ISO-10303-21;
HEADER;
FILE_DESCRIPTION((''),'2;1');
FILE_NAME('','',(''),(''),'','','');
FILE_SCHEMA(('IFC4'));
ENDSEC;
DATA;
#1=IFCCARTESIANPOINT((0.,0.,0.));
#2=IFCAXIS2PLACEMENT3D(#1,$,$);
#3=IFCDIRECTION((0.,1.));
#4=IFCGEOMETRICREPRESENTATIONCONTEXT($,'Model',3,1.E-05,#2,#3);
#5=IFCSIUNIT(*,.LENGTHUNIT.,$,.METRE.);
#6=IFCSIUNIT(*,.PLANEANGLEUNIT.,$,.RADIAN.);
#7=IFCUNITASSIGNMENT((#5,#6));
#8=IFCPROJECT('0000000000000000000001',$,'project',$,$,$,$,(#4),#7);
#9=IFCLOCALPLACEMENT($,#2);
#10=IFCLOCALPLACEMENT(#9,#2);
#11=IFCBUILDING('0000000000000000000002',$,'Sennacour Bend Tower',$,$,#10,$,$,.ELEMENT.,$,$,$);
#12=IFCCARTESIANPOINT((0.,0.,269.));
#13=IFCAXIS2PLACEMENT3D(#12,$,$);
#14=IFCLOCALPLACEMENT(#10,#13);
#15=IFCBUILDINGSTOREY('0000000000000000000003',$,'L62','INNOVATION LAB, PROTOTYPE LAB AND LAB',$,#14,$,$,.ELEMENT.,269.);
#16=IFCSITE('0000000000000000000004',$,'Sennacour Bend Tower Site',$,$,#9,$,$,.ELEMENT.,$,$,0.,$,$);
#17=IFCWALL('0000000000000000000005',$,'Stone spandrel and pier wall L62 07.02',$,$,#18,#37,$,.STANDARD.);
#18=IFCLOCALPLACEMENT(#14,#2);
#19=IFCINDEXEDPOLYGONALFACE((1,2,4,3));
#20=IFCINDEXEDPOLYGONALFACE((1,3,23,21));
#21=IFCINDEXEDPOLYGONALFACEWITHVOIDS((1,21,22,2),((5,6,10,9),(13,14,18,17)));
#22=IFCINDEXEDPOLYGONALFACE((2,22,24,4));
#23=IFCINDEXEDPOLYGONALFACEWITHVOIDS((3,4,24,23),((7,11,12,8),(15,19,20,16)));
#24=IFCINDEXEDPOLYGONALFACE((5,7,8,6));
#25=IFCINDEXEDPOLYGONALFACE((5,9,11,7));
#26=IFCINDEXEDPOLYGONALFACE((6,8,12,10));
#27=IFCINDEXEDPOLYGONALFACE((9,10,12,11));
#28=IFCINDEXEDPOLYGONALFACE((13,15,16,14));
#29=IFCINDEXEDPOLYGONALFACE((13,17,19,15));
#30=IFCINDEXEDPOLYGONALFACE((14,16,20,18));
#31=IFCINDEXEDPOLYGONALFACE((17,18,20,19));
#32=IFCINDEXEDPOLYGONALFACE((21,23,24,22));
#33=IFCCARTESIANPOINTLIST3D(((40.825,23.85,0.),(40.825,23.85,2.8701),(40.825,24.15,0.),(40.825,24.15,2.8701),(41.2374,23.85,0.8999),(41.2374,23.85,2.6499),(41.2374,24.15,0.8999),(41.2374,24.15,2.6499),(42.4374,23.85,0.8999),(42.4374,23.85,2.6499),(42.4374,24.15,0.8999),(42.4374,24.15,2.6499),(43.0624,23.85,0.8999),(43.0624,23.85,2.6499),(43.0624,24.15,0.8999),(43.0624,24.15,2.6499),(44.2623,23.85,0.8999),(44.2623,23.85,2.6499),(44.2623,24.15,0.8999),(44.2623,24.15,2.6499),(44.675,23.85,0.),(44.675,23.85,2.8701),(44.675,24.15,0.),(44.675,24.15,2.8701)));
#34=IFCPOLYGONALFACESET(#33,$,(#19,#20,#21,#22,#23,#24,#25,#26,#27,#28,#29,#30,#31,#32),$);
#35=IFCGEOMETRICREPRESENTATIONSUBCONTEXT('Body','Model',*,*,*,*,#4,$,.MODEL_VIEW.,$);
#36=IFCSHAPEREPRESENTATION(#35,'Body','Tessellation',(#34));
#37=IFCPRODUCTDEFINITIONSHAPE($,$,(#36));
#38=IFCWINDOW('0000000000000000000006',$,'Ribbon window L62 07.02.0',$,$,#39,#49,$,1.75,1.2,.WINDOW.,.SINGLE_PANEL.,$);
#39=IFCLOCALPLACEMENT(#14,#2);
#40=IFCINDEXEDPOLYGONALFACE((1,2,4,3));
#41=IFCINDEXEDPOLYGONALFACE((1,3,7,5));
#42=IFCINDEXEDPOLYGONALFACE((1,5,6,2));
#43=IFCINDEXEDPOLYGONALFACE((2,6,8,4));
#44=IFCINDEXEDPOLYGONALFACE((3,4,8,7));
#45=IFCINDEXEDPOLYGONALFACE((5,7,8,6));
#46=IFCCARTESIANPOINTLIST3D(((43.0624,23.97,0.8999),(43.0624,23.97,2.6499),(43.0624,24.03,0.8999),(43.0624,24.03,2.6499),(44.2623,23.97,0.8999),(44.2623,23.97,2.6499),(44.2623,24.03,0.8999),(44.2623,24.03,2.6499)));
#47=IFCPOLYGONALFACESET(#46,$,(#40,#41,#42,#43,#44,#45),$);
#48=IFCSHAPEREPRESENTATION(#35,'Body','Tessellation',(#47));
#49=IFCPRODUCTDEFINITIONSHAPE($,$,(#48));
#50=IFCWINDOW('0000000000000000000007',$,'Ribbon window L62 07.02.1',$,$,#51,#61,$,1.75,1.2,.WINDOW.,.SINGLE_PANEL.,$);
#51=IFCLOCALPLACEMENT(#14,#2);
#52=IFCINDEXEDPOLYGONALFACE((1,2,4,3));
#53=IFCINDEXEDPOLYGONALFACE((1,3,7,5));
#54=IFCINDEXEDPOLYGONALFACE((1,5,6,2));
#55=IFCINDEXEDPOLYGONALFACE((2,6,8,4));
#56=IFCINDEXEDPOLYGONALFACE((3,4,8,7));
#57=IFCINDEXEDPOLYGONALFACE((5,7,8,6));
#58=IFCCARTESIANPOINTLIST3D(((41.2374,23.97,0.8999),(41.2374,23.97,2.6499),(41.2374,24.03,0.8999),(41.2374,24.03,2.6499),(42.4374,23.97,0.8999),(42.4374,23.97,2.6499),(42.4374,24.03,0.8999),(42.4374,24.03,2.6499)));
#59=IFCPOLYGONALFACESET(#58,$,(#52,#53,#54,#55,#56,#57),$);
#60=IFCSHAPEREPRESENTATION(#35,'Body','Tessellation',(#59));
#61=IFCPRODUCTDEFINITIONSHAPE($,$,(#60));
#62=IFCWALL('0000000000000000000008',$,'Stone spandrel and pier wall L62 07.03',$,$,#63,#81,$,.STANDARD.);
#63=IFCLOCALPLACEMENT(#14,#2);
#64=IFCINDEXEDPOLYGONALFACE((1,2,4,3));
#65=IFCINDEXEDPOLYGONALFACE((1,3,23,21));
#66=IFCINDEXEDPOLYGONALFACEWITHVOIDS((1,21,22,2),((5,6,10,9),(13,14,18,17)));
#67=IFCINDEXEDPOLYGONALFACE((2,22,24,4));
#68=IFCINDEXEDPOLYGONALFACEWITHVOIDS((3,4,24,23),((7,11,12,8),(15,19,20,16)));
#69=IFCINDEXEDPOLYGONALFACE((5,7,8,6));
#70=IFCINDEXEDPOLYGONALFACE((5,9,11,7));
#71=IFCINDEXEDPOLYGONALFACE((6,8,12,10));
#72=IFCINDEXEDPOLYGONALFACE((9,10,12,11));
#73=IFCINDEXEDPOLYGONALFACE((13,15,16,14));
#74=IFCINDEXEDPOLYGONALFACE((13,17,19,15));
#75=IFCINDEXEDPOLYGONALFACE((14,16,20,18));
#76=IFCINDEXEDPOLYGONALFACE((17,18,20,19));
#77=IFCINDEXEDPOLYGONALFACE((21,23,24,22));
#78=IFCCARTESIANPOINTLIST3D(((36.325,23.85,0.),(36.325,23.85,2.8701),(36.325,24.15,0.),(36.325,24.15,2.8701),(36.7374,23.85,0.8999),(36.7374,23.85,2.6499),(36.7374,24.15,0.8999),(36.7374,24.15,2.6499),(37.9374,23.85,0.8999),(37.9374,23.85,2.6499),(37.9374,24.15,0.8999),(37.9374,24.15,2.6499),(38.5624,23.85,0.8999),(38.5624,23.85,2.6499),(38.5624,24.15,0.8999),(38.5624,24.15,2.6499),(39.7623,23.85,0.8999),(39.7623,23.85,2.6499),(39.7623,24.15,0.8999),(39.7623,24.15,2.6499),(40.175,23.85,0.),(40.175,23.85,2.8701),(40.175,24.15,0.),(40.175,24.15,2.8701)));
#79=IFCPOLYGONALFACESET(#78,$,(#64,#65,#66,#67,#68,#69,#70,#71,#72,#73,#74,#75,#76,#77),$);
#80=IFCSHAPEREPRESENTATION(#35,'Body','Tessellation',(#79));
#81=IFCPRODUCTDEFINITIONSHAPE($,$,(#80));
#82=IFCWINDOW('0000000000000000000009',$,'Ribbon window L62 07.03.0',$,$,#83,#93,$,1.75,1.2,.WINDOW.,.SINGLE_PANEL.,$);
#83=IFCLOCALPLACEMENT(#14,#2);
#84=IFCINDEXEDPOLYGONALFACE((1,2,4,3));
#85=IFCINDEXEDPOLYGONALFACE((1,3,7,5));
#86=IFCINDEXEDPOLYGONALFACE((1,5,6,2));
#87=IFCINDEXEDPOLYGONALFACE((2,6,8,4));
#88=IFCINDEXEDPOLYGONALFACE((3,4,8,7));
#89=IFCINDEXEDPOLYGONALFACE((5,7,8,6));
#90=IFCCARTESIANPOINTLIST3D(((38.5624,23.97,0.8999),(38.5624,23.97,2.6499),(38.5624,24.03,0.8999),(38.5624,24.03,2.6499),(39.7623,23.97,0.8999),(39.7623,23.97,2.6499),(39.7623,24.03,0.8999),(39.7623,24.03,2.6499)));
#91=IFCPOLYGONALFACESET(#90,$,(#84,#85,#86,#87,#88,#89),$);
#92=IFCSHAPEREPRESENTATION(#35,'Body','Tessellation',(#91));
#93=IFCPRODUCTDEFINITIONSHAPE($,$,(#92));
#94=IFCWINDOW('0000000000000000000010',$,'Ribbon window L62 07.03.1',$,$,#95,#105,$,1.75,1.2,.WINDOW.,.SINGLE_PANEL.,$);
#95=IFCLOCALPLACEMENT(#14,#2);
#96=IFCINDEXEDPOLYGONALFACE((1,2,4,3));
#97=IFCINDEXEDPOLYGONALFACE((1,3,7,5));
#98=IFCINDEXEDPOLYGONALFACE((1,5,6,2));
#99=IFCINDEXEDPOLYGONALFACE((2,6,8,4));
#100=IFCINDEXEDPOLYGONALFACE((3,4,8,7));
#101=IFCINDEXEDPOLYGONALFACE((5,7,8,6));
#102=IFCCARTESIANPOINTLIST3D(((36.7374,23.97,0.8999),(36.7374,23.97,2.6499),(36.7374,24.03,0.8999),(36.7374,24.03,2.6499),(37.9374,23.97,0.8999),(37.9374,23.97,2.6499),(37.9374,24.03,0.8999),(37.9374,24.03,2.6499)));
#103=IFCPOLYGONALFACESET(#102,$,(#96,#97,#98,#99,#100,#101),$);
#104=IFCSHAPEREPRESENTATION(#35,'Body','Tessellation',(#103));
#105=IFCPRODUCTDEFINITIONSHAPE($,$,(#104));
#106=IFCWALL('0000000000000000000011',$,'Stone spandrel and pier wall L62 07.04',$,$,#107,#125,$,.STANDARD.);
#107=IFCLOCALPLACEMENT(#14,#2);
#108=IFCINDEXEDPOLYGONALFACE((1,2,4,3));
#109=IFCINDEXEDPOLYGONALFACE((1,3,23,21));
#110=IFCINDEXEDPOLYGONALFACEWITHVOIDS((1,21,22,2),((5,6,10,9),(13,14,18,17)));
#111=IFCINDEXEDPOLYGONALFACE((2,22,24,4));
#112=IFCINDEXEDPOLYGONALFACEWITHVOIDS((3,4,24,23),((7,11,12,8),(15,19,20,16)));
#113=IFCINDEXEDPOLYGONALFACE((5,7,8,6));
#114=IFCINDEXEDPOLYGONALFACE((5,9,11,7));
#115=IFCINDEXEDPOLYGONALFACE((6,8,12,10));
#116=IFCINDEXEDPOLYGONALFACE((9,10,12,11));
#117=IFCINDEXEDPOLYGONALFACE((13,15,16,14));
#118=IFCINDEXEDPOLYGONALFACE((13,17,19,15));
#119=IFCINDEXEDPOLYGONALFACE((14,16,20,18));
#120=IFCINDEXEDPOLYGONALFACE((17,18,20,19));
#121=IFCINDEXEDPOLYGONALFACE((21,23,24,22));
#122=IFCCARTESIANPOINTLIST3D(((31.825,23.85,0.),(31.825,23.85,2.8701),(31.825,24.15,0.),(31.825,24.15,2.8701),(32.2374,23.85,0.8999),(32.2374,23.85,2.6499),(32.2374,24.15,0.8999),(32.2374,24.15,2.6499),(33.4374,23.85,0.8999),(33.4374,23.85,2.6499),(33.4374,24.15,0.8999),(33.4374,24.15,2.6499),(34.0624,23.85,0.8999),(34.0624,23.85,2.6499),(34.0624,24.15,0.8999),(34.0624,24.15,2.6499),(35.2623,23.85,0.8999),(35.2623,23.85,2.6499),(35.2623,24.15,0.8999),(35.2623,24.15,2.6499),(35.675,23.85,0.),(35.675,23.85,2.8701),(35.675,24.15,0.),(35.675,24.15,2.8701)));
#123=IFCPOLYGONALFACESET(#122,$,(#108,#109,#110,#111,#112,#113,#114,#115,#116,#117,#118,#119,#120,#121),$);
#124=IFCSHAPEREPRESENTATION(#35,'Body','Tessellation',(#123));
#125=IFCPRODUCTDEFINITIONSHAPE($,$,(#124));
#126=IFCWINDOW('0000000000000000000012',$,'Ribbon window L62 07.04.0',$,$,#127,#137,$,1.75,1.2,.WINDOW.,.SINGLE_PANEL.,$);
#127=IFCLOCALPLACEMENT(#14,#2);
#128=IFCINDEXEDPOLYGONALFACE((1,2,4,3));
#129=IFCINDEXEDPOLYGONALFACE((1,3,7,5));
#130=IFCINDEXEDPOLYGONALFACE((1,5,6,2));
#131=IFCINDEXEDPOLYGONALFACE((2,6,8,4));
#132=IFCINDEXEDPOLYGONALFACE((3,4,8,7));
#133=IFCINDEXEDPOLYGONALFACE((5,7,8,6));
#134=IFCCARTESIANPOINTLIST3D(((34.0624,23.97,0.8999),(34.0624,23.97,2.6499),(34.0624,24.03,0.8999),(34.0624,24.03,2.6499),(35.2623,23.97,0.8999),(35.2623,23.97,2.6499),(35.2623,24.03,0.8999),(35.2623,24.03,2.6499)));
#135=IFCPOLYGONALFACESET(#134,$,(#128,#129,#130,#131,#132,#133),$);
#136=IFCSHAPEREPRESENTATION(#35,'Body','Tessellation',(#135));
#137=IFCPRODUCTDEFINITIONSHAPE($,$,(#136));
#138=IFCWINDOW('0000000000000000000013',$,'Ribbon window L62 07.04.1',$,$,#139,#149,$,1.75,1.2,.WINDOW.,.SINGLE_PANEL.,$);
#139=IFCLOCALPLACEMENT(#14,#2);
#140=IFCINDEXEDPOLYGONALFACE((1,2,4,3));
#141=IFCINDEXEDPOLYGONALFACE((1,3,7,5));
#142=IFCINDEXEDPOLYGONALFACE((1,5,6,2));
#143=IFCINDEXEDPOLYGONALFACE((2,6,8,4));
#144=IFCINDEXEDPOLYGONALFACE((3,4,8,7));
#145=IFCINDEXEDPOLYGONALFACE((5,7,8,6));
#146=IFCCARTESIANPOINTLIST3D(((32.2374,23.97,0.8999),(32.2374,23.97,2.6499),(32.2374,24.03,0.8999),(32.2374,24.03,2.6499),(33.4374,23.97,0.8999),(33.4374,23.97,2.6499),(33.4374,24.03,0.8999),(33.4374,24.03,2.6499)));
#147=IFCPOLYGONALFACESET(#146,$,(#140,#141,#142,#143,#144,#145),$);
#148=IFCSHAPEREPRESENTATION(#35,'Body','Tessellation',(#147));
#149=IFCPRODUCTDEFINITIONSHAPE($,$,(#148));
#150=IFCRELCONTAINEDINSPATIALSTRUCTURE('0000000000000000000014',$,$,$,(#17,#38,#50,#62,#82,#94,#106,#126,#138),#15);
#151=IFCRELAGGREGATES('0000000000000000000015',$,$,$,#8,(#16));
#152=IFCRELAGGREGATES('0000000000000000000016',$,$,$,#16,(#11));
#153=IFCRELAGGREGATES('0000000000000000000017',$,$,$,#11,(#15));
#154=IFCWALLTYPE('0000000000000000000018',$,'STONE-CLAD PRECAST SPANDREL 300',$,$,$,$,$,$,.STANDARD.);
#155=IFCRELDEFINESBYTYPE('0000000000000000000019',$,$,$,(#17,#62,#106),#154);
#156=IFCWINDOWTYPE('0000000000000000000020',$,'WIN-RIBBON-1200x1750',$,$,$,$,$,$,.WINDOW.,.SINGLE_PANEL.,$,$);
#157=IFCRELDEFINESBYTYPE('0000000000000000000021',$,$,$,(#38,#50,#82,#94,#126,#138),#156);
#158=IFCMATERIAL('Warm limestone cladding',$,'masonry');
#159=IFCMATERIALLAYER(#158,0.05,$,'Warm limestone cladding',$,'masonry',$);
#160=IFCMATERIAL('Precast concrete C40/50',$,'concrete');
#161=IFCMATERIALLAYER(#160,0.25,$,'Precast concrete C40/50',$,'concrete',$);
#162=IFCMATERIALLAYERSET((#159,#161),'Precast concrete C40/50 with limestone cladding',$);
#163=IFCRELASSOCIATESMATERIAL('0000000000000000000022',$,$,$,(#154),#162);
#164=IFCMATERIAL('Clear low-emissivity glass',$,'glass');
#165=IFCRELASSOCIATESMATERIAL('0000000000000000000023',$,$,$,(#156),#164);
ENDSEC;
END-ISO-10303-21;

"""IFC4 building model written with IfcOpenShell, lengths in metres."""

from ifc_helpers import new_model, si_unit, direction, frame, frame_2d, origin, place, context, subcontext, project, spatial, rectangle, extrude, material, layer, layer_set, type_object, element, fill, save


model = new_model("IFC4")

# Units and contexts
model_context = context("Model", 3, precision=1e-05, world=origin(), true_north=direction((0.0, 1.0)))
body_context = subcontext(model_context, "Body", "Model", "MODEL_VIEW")
ifc_project = project(units=[si_unit("LENGTHUNIT", "METRE"), si_unit("PLANEANGLEUNIT", "RADIAN")], contexts=[model_context])

# Site, building, storey
site_placement = place(None, origin())
site = spatial("IfcSite", under=ifc_project, at=site_placement, Name="Sennacour Bend Tower Site", CompositionType="ELEMENT", RefElevation=0.0)
building_placement = place(site_placement, origin())
building = spatial("IfcBuilding", under=site, at=building_placement, Name="Sennacour Bend Tower", CompositionType="ELEMENT")
storey_placement = place(building_placement, frame((0.0, 0.0, 269.0)))
storey = spatial("IfcBuildingStorey", under=building, at=storey_placement, Name="L62", Description="INNOVATION LAB, PROTOTYPE LAB AND LAB", CompositionType="ELEMENT", Elevation=269.0)

# Walls, openings, windows
ifc_material_1 = material(Name="Warm limestone cladding", Category="masonry")
ifc_layer_1 = layer(ifc_material_1, 0.05, Name="Warm limestone cladding", Category="masonry")
ifc_material_2 = material(Name="Precast concrete C40/50", Category="concrete")
ifc_layer_2 = layer(ifc_material_2, 0.25, Name="Precast concrete C40/50", Category="concrete")
ifc_layer_set_1 = layer_set([ifc_layer_1, ifc_layer_2], Name="Precast concrete C40/50 with limestone cladding")
wall_type_1 = type_object("IfcWallType", Name="STONE-CLAD PRECAST SPANDREL 300", PredefinedType="STANDARD", material=ifc_layer_set_1)
wall_1_placement = place(storey_placement, frame((44.675, 24.0, 0.0), z_axis=(0.0, 0.0, 1.0), x_axis=(-1.0, 0.0, 0.0)))
wall_1 = element("IfcWall", 1, at=wall_1_placement, inside=storey, type_object=wall_type_1, Name="Stone spandrel and pier wall L62 07.02", PredefinedType="STANDARD", context=body_context, shape_type="SweptSolid", body=[
    extrude(rectangle(XDim=3.8501, YDim=0.3, at=frame_2d((1.925, 0.0))), origin(), (0.0, 0.0, 1.0), 2.8701),
])
opening_1_placement = place(wall_1_placement, frame((0.4126, 0.0, 0.8999)))
opening_1 = element("IfcOpeningElement", 2, at=opening_1_placement, cuts=wall_1, PredefinedType="OPENING", context=body_context, shape_type="SweptSolid", body=[
    extrude(rectangle(XDim=1.2, YDim=1.75, at=frame_2d((0.6001, 0.875))), frame((0.0, 0.1602, 0.0), z_axis=(0.0, -1.0, 0.0), x_axis=(1.0, 0.0, 0.0)), (0.0, 0.0, 1.0), 0.3201),
])
opening_2_placement = place(wall_1_placement, frame((2.2375, 0.0, 0.8999)))
opening_2 = element("IfcOpeningElement", 3, at=opening_2_placement, cuts=wall_1, PredefinedType="OPENING", context=body_context, shape_type="SweptSolid", body=[
    extrude(rectangle(XDim=1.2, YDim=1.75, at=frame_2d((0.6001, 0.875))), frame((0.0, 0.1602, 0.0), z_axis=(0.0, -1.0, 0.0), x_axis=(1.0, 0.0, 0.0)), (0.0, 0.0, 1.0), 0.3201),
])
ifc_material_3 = material(Name="Clear low-emissivity glass", Category="glass")
window_type = type_object("IfcWindowType", Name="WIN-RIBBON-1200x1750", PartitioningType="SINGLE_PANEL", PredefinedType="WINDOW", material=ifc_material_3)
window_1_placement = place(opening_1_placement, origin())
window_1 = element("IfcWindow", 4, at=window_1_placement, inside=storey, type_object=window_type, Name="Ribbon window L62 07.02.0", OverallHeight=1.75, OverallWidth=1.2, PartitioningType="SINGLE_PANEL", PredefinedType="WINDOW", context=body_context, shape_type="SweptSolid", body=[
    extrude(rectangle(XDim=1.2, YDim=1.75, at=frame_2d((0.6001, 0.875))), frame((0.0, 0.03, 0.0), z_axis=(0.0, -1.0, 0.0), x_axis=(1.0, 0.0, 0.0)), (0.0, 0.0, 1.0), 0.0601),
])
fill(opening_1, window_1)
window_2_placement = place(opening_2_placement, origin())
window_2 = element("IfcWindow", 5, at=window_2_placement, inside=storey, type_object=window_type, Name="Ribbon window L62 07.02.1", OverallHeight=1.75, OverallWidth=1.2, PartitioningType="SINGLE_PANEL", PredefinedType="WINDOW", context=body_context, shape_type="SweptSolid", body=[
    extrude(rectangle(XDim=1.2, YDim=1.75, at=frame_2d((0.6001, 0.875))), frame((0.0, 0.03, 0.0), z_axis=(0.0, -1.0, 0.0), x_axis=(1.0, 0.0, 0.0)), (0.0, 0.0, 1.0), 0.0601),
])
fill(opening_2, window_2)
wall_2_placement = place(storey_placement, frame((40.175, 24.0, 0.0), z_axis=(0.0, 0.0, 1.0), x_axis=(-1.0, 0.0, 0.0)))
wall_2 = element("IfcWall", 6, at=wall_2_placement, inside=storey, type_object=wall_type_1, Name="Stone spandrel and pier wall L62 07.03", PredefinedType="STANDARD", context=body_context, shape_type="SweptSolid", body=[
    extrude(rectangle(XDim=3.8501, YDim=0.3, at=frame_2d((1.925, 0.0))), origin(), (0.0, 0.0, 1.0), 2.8701),
])
opening_3_placement = place(wall_2_placement, frame((0.4126, 0.0, 0.8999)))
opening_3 = element("IfcOpeningElement", 7, at=opening_3_placement, cuts=wall_2, PredefinedType="OPENING", context=body_context, shape_type="SweptSolid", body=[
    extrude(rectangle(XDim=1.2, YDim=1.75, at=frame_2d((0.6001, 0.875))), frame((0.0, 0.1602, 0.0), z_axis=(0.0, -1.0, 0.0), x_axis=(1.0, 0.0, 0.0)), (0.0, 0.0, 1.0), 0.3201),
])
opening_4_placement = place(wall_2_placement, frame((2.2375, 0.0, 0.8999)))
opening_4 = element("IfcOpeningElement", 8, at=opening_4_placement, cuts=wall_2, PredefinedType="OPENING", context=body_context, shape_type="SweptSolid", body=[
    extrude(rectangle(XDim=1.2, YDim=1.75, at=frame_2d((0.6001, 0.875))), frame((0.0, 0.1602, 0.0), z_axis=(0.0, -1.0, 0.0), x_axis=(1.0, 0.0, 0.0)), (0.0, 0.0, 1.0), 0.3201),
])
window_3_placement = place(opening_3_placement, origin())
window_3 = element("IfcWindow", 9, at=window_3_placement, inside=storey, type_object=window_type, Name="Ribbon window L62 07.03.0", OverallHeight=1.75, OverallWidth=1.2, PartitioningType="SINGLE_PANEL", PredefinedType="WINDOW", context=body_context, shape_type="SweptSolid", body=[
    extrude(rectangle(XDim=1.2, YDim=1.75, at=frame_2d((0.6001, 0.875))), frame((0.0, 0.03, 0.0), z_axis=(0.0, -1.0, 0.0), x_axis=(1.0, 0.0, 0.0)), (0.0, 0.0, 1.0), 0.0601),
])
fill(opening_3, window_3)
window_4_placement = place(opening_4_placement, origin())
window_4 = element("IfcWindow", 10, at=window_4_placement, inside=storey, type_object=window_type, Name="Ribbon window L62 07.03.1", OverallHeight=1.75, OverallWidth=1.2, PartitioningType="SINGLE_PANEL", PredefinedType="WINDOW", context=body_context, shape_type="SweptSolid", body=[
    extrude(rectangle(XDim=1.2, YDim=1.75, at=frame_2d((0.6001, 0.875))), frame((0.0, 0.03, 0.0), z_axis=(0.0, -1.0, 0.0), x_axis=(1.0, 0.0, 0.0)), (0.0, 0.0, 1.0), 0.0601),
])
fill(opening_4, window_4)
wall_3_placement = place(storey_placement, frame((35.675, 24.0, 0.0), z_axis=(0.0, 0.0, 1.0), x_axis=(-1.0, 0.0, 0.0)))
wall_3 = element("IfcWall", 11, at=wall_3_placement, inside=storey, type_object=wall_type_1, Name="Stone spandrel and pier wall L62 07.04", PredefinedType="STANDARD", context=body_context, shape_type="SweptSolid", body=[
    extrude(rectangle(XDim=3.8501, YDim=0.3, at=frame_2d((1.925, 0.0))), origin(), (0.0, 0.0, 1.0), 2.8701),
])
opening_5_placement = place(wall_3_placement, frame((0.4126, 0.0, 0.8999)))
opening_5 = element("IfcOpeningElement", 12, at=opening_5_placement, cuts=wall_3, PredefinedType="OPENING", context=body_context, shape_type="SweptSolid", body=[
    extrude(rectangle(XDim=1.2, YDim=1.75, at=frame_2d((0.6001, 0.875))), frame((0.0, 0.1602, 0.0), z_axis=(0.0, -1.0, 0.0), x_axis=(1.0, 0.0, 0.0)), (0.0, 0.0, 1.0), 0.3201),
])
opening_6_placement = place(wall_3_placement, frame((2.2375, 0.0, 0.8999)))
opening_6 = element("IfcOpeningElement", 13, at=opening_6_placement, cuts=wall_3, PredefinedType="OPENING", context=body_context, shape_type="SweptSolid", body=[
    extrude(rectangle(XDim=1.2, YDim=1.75, at=frame_2d((0.6001, 0.875))), frame((0.0, 0.1602, 0.0), z_axis=(0.0, -1.0, 0.0), x_axis=(1.0, 0.0, 0.0)), (0.0, 0.0, 1.0), 0.3201),
])
window_5_placement = place(opening_5_placement, origin())
window_5 = element("IfcWindow", 14, at=window_5_placement, inside=storey, type_object=window_type, Name="Ribbon window L62 07.04.0", OverallHeight=1.75, OverallWidth=1.2, PartitioningType="SINGLE_PANEL", PredefinedType="WINDOW", context=body_context, shape_type="SweptSolid", body=[
    extrude(rectangle(XDim=1.2, YDim=1.75, at=frame_2d((0.6001, 0.875))), frame((0.0, 0.03, 0.0), z_axis=(0.0, -1.0, 0.0), x_axis=(1.0, 0.0, 0.0)), (0.0, 0.0, 1.0), 0.0601),
])
fill(opening_5, window_5)
window_6_placement = place(opening_6_placement, origin())
window_6 = element("IfcWindow", 15, at=window_6_placement, inside=storey, type_object=window_type, Name="Ribbon window L62 07.04.1", OverallHeight=1.75, OverallWidth=1.2, PartitioningType="SINGLE_PANEL", PredefinedType="WINDOW", context=body_context, shape_type="SweptSolid", body=[
    extrude(rectangle(XDim=1.2, YDim=1.75, at=frame_2d((0.6001, 0.875))), frame((0.0, 0.03, 0.0), z_axis=(0.0, -1.0, 0.0), x_axis=(1.0, 0.0, 0.0)), (0.0, 0.0, 1.0), 0.0601),
])
fill(opening_6, window_6)

save(model, "model.ifc")
